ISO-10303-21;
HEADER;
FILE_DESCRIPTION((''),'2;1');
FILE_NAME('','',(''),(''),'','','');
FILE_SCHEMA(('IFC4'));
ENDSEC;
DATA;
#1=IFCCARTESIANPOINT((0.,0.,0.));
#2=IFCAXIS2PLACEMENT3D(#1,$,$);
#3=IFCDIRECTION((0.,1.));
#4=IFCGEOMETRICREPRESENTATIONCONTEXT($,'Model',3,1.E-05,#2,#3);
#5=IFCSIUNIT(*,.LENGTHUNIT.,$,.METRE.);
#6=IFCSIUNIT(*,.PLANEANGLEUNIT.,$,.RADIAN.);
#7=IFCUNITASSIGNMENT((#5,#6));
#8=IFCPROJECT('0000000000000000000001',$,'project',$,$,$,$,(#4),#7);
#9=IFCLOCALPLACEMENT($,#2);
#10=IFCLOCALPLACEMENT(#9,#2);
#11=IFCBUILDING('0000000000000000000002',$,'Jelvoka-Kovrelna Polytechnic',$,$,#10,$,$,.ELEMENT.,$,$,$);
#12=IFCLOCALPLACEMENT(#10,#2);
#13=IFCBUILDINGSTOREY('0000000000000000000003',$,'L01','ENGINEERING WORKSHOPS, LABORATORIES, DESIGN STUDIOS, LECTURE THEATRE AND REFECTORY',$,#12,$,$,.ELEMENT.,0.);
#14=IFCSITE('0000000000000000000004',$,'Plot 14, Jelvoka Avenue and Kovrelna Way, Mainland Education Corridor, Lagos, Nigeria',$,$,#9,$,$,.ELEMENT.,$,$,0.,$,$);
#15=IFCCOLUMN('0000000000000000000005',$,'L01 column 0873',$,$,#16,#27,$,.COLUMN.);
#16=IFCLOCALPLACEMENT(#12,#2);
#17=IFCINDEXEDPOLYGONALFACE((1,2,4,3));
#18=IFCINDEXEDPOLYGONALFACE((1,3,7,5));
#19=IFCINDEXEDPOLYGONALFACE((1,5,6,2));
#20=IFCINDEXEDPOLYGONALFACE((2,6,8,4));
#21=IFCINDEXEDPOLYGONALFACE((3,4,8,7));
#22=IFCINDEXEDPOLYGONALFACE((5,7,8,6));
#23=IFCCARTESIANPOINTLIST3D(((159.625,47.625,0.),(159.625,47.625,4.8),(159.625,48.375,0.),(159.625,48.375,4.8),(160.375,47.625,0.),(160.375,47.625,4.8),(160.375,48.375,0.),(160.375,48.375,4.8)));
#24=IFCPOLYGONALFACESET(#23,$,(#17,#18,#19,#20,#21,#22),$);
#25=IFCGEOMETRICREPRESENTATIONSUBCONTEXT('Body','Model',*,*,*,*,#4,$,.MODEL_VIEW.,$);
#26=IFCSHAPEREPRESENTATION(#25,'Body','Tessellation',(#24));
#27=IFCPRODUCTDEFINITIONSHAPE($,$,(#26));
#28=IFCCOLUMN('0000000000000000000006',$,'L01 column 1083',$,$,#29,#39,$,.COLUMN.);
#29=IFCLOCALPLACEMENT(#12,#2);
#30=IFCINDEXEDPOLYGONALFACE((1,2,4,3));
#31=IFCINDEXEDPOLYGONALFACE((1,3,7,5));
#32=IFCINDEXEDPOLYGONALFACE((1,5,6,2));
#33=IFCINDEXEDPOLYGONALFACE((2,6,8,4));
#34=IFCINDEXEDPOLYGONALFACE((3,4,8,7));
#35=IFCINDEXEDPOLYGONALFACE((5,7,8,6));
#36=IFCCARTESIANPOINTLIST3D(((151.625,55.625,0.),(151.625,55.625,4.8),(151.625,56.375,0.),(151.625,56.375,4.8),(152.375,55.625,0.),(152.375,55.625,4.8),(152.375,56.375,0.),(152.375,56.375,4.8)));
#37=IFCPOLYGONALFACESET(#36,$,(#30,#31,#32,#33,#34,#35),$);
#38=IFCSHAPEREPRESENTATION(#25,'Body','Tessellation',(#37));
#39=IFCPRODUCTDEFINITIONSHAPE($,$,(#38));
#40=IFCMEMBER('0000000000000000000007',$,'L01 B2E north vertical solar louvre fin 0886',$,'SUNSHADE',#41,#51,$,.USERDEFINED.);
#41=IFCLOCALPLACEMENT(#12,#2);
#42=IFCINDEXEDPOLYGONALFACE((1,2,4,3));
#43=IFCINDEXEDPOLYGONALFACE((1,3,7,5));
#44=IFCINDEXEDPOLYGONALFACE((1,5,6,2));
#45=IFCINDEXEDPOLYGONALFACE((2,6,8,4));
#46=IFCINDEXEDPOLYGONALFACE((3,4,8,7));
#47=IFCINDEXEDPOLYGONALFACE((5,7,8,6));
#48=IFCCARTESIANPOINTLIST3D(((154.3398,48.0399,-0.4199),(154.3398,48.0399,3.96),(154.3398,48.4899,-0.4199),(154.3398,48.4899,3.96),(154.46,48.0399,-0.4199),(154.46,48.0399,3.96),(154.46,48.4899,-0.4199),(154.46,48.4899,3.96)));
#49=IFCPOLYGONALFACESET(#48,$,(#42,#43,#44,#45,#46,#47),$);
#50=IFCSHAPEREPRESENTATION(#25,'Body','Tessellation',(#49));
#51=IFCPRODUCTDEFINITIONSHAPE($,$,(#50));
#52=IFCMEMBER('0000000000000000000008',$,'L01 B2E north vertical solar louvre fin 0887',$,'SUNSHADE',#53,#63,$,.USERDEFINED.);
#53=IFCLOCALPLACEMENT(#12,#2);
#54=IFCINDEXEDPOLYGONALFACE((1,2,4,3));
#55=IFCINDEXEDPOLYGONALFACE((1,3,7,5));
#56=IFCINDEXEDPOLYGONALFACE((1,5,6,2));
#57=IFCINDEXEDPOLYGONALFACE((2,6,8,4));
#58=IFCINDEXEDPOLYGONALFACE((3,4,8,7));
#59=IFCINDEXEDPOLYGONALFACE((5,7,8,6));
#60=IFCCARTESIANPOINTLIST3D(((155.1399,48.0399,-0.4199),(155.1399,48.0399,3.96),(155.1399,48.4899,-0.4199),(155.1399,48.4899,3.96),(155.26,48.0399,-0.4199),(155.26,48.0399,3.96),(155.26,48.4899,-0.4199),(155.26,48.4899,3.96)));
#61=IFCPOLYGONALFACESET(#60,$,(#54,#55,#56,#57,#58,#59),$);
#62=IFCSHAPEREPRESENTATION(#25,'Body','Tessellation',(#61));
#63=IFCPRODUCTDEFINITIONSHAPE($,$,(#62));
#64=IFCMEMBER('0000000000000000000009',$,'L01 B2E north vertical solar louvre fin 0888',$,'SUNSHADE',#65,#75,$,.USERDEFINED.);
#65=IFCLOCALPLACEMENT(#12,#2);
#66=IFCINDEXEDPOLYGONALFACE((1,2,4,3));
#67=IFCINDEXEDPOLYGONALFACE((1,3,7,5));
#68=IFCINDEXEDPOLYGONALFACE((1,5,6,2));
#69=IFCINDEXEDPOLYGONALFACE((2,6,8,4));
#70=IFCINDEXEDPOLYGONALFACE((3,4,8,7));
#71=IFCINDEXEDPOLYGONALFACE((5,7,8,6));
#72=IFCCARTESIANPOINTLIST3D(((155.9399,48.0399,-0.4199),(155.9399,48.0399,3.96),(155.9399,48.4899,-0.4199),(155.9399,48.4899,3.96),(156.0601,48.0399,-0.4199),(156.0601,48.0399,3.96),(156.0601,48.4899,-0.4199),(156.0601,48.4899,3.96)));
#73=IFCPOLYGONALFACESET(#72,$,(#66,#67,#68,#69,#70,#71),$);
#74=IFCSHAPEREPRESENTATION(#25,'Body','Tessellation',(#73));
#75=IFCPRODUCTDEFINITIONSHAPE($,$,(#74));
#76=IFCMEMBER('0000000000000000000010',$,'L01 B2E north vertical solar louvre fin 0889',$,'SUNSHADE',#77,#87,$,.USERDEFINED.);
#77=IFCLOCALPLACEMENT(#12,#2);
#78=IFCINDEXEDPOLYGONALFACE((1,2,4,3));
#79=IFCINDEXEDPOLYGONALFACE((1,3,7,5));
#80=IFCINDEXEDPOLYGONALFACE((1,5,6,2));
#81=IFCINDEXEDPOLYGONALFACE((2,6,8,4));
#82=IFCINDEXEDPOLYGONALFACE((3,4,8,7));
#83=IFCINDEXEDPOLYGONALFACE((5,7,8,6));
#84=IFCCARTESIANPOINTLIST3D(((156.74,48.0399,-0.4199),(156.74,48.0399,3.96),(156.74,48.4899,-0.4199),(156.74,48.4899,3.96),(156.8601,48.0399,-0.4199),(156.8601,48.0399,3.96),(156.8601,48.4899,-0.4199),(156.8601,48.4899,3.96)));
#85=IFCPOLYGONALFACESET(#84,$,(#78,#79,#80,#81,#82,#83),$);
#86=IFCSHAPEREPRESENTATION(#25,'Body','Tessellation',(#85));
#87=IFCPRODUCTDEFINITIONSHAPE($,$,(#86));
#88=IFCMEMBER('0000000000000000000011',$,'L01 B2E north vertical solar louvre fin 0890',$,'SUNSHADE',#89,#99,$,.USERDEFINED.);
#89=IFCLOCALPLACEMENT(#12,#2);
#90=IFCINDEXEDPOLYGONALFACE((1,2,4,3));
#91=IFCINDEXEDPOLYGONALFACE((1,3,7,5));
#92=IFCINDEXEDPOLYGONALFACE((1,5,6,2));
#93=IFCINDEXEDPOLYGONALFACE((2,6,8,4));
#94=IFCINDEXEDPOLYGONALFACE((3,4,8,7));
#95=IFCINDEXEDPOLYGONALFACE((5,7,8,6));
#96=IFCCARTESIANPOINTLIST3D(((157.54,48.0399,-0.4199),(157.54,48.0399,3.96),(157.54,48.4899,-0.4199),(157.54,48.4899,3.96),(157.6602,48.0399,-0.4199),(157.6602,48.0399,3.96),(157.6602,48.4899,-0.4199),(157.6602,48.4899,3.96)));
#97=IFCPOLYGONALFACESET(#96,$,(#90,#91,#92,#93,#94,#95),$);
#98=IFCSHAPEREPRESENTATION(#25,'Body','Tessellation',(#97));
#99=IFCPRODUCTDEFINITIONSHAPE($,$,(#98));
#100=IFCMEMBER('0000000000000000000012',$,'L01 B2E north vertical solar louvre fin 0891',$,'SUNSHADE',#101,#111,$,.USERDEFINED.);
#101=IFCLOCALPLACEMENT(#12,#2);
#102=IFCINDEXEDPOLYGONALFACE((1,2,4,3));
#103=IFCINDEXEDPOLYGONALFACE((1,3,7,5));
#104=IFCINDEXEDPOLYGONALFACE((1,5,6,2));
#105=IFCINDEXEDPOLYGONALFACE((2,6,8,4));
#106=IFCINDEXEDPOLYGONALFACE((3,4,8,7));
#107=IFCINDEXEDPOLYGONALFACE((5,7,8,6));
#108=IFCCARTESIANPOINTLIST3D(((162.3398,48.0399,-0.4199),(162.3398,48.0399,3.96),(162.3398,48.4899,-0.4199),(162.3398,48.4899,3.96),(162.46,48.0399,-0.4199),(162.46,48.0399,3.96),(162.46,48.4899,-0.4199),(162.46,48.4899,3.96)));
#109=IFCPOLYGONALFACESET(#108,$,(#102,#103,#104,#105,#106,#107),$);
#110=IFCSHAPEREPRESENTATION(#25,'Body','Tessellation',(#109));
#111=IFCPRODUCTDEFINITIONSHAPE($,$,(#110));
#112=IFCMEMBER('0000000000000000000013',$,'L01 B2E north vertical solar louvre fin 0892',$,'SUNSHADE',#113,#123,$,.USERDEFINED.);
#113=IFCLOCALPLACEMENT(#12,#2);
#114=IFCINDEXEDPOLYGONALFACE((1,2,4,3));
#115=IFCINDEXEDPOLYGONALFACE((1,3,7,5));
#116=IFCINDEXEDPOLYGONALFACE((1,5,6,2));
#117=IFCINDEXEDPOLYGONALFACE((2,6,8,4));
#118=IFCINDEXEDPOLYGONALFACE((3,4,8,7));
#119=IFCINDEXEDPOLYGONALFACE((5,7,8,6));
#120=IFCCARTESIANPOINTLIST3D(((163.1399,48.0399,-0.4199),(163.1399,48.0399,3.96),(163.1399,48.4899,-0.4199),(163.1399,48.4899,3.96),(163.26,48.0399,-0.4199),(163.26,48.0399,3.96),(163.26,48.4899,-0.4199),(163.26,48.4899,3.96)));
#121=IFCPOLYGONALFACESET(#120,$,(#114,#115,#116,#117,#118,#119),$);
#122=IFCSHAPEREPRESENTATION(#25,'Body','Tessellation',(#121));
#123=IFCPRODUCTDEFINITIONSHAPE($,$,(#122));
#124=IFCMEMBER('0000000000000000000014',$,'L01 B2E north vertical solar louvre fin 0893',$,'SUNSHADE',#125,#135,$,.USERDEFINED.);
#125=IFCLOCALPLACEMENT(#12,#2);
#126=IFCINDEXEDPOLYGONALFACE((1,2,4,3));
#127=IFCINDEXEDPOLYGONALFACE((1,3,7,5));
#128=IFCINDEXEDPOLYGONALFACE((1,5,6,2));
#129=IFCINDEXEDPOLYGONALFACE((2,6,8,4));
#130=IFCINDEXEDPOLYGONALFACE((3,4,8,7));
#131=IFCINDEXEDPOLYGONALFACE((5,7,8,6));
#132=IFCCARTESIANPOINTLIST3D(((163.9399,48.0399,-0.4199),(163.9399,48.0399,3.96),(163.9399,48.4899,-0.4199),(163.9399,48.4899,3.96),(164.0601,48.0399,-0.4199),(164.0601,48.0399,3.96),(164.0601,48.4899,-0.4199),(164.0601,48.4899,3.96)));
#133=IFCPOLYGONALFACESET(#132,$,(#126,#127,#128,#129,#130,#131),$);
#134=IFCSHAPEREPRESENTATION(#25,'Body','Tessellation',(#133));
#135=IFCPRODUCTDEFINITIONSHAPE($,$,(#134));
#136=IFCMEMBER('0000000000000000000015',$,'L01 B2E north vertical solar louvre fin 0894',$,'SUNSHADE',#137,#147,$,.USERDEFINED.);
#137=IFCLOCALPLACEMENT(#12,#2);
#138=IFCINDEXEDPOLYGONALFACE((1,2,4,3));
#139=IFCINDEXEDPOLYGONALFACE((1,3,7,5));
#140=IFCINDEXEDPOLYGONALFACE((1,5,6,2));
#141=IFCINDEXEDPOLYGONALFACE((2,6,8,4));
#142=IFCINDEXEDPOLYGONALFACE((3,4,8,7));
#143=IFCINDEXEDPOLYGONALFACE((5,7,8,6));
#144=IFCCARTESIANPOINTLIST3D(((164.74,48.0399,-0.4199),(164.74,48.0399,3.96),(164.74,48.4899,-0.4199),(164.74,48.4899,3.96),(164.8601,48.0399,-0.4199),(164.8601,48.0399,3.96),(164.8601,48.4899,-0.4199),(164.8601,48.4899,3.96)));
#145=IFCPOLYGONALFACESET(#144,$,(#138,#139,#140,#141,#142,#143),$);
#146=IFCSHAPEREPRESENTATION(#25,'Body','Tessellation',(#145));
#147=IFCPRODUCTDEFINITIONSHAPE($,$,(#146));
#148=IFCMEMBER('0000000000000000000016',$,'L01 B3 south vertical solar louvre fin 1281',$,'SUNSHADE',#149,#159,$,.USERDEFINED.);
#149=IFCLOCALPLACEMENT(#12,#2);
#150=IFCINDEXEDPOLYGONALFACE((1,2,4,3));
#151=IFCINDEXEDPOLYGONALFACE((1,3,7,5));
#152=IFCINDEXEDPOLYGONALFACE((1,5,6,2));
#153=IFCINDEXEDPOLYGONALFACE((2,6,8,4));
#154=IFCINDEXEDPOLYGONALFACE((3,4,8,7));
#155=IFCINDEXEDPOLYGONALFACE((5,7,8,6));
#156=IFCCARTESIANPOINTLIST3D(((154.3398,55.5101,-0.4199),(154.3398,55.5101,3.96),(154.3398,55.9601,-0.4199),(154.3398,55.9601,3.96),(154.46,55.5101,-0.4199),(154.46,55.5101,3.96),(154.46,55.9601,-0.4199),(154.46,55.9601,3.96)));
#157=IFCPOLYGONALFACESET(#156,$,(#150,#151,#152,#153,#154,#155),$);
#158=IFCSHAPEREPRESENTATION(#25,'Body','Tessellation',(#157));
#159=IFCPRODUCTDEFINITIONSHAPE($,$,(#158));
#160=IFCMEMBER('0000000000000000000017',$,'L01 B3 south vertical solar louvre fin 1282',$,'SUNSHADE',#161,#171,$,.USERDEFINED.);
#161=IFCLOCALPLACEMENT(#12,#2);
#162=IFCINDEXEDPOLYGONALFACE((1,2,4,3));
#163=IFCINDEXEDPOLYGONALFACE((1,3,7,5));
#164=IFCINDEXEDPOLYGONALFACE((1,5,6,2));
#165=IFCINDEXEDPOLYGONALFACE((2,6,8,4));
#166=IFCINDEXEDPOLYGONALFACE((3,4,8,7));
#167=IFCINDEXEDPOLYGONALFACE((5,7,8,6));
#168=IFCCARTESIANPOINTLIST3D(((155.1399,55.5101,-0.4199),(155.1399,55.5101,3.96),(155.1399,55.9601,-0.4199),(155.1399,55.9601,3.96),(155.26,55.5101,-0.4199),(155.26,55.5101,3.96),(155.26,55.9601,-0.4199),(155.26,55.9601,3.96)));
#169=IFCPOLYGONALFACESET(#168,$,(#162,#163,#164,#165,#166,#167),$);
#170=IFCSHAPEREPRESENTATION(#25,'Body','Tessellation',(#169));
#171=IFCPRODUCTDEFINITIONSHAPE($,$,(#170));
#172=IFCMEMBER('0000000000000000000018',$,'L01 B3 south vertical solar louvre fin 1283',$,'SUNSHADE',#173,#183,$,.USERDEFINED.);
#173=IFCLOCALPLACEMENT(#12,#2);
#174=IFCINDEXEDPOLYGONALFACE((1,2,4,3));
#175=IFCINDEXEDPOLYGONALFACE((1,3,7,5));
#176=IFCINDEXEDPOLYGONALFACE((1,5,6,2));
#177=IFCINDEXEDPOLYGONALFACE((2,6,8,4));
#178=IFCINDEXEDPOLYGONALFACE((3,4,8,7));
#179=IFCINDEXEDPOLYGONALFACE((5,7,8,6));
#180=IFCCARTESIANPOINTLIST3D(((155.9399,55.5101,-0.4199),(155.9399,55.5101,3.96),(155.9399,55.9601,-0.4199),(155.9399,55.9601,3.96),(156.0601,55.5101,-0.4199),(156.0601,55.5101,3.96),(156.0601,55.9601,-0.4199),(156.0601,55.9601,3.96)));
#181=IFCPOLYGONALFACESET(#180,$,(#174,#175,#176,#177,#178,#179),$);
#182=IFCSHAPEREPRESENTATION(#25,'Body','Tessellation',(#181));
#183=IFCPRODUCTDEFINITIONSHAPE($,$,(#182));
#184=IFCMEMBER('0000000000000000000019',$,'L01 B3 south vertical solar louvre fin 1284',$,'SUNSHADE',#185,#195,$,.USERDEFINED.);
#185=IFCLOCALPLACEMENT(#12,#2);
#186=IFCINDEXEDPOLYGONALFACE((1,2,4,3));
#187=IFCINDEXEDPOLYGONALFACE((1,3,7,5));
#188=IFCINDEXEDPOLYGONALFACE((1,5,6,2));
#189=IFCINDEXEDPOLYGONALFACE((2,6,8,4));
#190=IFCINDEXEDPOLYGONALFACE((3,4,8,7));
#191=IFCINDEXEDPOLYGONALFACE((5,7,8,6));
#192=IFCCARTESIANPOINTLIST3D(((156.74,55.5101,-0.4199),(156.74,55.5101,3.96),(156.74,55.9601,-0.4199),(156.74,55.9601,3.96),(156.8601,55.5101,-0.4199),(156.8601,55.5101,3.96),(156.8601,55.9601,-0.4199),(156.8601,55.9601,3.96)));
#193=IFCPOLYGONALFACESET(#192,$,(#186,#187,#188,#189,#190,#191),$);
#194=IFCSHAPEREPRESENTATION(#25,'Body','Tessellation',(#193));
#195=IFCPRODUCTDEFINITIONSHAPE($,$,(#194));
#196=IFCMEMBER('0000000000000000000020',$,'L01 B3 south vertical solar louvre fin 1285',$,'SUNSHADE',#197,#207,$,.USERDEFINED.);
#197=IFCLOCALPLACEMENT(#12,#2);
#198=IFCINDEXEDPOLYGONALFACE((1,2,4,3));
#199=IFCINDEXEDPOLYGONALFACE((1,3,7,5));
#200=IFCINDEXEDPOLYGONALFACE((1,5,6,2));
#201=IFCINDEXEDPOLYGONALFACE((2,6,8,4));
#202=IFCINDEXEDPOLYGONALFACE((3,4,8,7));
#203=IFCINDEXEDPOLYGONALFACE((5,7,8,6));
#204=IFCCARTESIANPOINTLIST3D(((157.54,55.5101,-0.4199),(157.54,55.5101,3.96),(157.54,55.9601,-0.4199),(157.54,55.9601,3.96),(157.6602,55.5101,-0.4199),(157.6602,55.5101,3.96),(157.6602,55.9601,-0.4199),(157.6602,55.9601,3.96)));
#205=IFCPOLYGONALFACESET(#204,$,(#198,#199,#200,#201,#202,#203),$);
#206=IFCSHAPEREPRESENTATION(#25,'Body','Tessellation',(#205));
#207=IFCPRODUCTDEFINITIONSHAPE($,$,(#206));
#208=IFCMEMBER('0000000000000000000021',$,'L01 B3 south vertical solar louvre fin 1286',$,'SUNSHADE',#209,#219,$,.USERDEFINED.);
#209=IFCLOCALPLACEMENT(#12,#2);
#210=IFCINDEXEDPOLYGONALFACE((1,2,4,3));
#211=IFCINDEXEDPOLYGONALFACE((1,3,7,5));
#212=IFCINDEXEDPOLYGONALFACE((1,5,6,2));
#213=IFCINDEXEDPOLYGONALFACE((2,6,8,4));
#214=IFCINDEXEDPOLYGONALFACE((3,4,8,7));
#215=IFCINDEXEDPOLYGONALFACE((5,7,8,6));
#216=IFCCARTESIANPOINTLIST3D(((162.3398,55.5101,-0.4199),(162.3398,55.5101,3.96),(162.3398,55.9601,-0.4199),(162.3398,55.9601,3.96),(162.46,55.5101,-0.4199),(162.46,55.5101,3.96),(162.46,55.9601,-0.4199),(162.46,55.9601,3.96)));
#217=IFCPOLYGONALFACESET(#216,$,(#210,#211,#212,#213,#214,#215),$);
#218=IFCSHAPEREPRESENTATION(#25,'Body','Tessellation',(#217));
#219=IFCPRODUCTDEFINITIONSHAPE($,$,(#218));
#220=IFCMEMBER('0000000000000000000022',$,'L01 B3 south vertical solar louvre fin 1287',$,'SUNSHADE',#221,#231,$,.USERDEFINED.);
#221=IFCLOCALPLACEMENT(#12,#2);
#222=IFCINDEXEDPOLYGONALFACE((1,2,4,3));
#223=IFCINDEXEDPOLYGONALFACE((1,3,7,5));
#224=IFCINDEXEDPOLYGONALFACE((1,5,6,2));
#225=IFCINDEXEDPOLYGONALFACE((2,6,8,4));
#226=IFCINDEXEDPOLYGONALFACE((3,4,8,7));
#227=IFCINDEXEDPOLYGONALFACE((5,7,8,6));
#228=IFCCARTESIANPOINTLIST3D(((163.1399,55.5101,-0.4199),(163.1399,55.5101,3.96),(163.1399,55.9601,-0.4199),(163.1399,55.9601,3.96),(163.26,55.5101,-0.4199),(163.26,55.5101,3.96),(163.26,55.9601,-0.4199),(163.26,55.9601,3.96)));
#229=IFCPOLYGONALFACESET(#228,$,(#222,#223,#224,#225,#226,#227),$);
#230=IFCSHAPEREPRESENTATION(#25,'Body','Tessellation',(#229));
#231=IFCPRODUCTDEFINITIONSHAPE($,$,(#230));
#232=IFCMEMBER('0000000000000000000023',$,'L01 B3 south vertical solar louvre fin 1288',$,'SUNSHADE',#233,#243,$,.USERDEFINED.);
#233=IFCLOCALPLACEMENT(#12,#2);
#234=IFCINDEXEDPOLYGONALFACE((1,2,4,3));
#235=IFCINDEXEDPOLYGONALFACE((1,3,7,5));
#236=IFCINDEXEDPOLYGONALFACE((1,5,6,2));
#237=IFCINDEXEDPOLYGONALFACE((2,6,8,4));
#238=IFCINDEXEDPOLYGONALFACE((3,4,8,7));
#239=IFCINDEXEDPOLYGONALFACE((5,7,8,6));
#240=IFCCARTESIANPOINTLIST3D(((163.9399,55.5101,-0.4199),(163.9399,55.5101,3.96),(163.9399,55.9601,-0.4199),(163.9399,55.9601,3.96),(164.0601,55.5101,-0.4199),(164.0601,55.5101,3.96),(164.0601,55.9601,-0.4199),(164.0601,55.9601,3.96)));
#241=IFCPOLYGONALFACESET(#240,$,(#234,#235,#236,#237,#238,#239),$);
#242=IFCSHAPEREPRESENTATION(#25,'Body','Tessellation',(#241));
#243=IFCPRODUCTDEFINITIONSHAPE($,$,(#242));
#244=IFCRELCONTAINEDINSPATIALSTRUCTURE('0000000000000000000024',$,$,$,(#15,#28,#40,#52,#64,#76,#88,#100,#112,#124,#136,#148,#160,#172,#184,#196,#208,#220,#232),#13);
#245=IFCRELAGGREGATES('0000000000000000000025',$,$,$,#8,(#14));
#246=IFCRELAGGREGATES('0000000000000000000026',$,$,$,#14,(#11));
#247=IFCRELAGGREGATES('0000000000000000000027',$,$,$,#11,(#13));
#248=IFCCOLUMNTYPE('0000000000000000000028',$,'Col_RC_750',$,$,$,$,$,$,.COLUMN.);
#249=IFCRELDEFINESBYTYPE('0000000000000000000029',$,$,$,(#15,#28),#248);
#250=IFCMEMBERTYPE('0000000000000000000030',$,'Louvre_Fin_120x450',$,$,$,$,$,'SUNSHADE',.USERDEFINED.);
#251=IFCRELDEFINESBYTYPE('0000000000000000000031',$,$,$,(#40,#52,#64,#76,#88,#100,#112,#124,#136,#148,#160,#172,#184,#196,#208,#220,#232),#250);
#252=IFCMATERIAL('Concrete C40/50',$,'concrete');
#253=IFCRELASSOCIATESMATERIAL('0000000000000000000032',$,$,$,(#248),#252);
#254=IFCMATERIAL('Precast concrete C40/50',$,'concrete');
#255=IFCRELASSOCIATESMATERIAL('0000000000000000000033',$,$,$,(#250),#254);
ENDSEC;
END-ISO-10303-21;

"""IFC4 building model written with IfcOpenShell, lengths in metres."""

from ifc_helpers import new_model, si_unit, direction, frame, origin, origin_2d, place, context, subcontext, project, spatial, rectangle, extrude, material, material_profile, profile_set, type_object, element, save


model = new_model("IFC4")

# Units and contexts
model_context = context("Model", 3, precision=1e-05, world=origin(), true_north=direction((0.0, 1.0)))
body_context = subcontext(model_context, "Body", "Model", "MODEL_VIEW")
ifc_project = project(units=[si_unit("LENGTHUNIT", "METRE"), si_unit("PLANEANGLEUNIT", "RADIAN")], contexts=[model_context])

# Site, building, storey
site_placement = place(None, origin())
site = spatial("IfcSite", under=ifc_project, at=site_placement, Name="Plot 14, Jelvoka Avenue and Kovrelna Way, Mainland Education Corridor, Lagos, Nigeria", CompositionType="ELEMENT", RefElevation=0.0)
building_placement = place(site_placement, origin())
building = spatial("IfcBuilding", under=site, at=building_placement, Name="Jelvoka-Kovrelna Polytechnic", CompositionType="ELEMENT")
storey_placement = place(building_placement, origin())
storey = spatial("IfcBuildingStorey", under=building, at=storey_placement, Name="L01", Description="ENGINEERING WORKSHOPS, LABORATORIES, DESIGN STUDIOS, LECTURE THEATRE AND REFECTORY", CompositionType="ELEMENT", Elevation=0.0)

# Columns
ifc_material_1 = material(Name="Concrete C40/50", Category="concrete")
ifc_material_profile_1 = material_profile(ifc_material_1, rectangle(XDim=0.75, YDim=0.75, at=origin_2d()), Name="RC 750x750")
ifc_profile_set_1 = profile_set([ifc_material_profile_1], Name="Concrete C40/50")
column_type = type_object("IfcColumnType", Name="Col_RC_750", PredefinedType="COLUMN", material=ifc_profile_set_1)
for number, where, z_axis, x_axis, name in (
    (1, (160.0, 48.0, 0.0), (0.0, 0.0, 1.0), (1.0, 0.0, 0.0), "L01 column 0873"),
    (2, (152.0, 56.0, 0.0), (0.0, 0.0, 1.0), (1.0, 0.0, 0.0), "L01 column 1083"),
):
    element("IfcColumn", number, at=place(storey_placement, frame(where, z_axis=z_axis, x_axis=x_axis)), inside=storey, type_object=column_type, Name=name, PredefinedType="COLUMN", context=body_context, shape_type="SweptSolid", body=[
        extrude(rectangle(XDim=0.75, YDim=0.75, at=origin_2d()), origin(), (0.0, 0.0, 1.0), 4.8),
    ])

# Members
ifc_material_2 = material(Name="Precast concrete C40/50", Category="concrete")
ifc_material_profile_2 = material_profile(ifc_material_2, rectangle(XDim=0.1201, YDim=0.45, at=origin_2d()), Name="PC 120x450")
ifc_profile_set_2 = profile_set([ifc_material_profile_2], Name="Precast concrete C40/50")
member_type_1 = type_object("IfcMemberType", Name="Louvre_Fin_120x450", ElementType="SUNSHADE", PredefinedType="USERDEFINED", material=ifc_profile_set_2)
for number, where, z_axis, x_axis, name in (
    (3, (154.3999, 48.2649, -0.4199), (0.0, 0.0, 1.0), (1.0, 0.0, 0.0), "L01 B2E north vertical solar louvre fin 0886"),
    (4, (155.2, 48.2649, -0.4199), (0.0, 0.0, 1.0), (1.0, 0.0, 0.0), "L01 B2E north vertical solar louvre fin 0887"),
    (5, (156.0, 48.2649, -0.4199), (0.0, 0.0, 1.0), (1.0, 0.0, 0.0), "L01 B2E north vertical solar louvre fin 0888"),
    (6, (156.8, 48.2649, -0.4199), (0.0, 0.0, 1.0), (1.0, 0.0, 0.0), "L01 B2E north vertical solar louvre fin 0889"),
    (7, (157.6001, 48.2649, -0.4199), (0.0, 0.0, 1.0), (1.0, 0.0, 0.0), "L01 B2E north vertical solar louvre fin 0890"),
    (8, (162.3999, 48.2649, -0.4199), (0.0, 0.0, 1.0), (1.0, 0.0, 0.0), "L01 B2E north vertical solar louvre fin 0891"),
    (9, (163.2, 48.2649, -0.4199), (0.0, 0.0, 1.0), (1.0, 0.0, 0.0), "L01 B2E north vertical solar louvre fin 0892"),
    (10, (164.0, 48.2649, -0.4199), (0.0, 0.0, 1.0), (1.0, 0.0, 0.0), "L01 B2E north vertical solar louvre fin 0893"),
    (11, (164.8, 48.2649, -0.4199), (0.0, 0.0, 1.0), (1.0, 0.0, 0.0), "L01 B2E north vertical solar louvre fin 0894"),
    (12, (154.3999, 55.7351, -0.4199), (0.0, 0.0, 1.0), (1.0, 0.0, 0.0), "L01 B3 south vertical solar louvre fin 1281"),
    (13, (155.2, 55.7351, -0.4199), (0.0, 0.0, 1.0), (1.0, 0.0, 0.0), "L01 B3 south vertical solar louvre fin 1282"),
    (14, (156.0, 55.7351, -0.4199), (0.0, 0.0, 1.0), (1.0, 0.0, 0.0), "L01 B3 south vertical solar louvre fin 1283"),
    (15, (156.8, 55.7351, -0.4199), (0.0, 0.0, 1.0), (1.0, 0.0, 0.0), "L01 B3 south vertical solar louvre fin 1284"),
    (16, (157.6001, 55.7351, -0.4199), (0.0, 0.0, 1.0), (1.0, 0.0, 0.0), "L01 B3 south vertical solar louvre fin 1285"),
    (17, (162.3999, 55.7351, -0.4199), (0.0, 0.0, 1.0), (1.0, 0.0, 0.0), "L01 B3 south vertical solar louvre fin 1286"),
    (18, (163.2, 55.7351, -0.4199), (0.0, 0.0, 1.0), (1.0, 0.0, 0.0), "L01 B3 south vertical solar louvre fin 1287"),
    (19, (164.0, 55.7351, -0.4199), (0.0, 0.0, 1.0), (1.0, 0.0, 0.0), "L01 B3 south vertical solar louvre fin 1288"),
):
    element("IfcMember", number, at=place(storey_placement, frame(where, z_axis=z_axis, x_axis=x_axis)), inside=storey, type_object=member_type_1, Name=name, ObjectType="SUNSHADE", PredefinedType="USERDEFINED", context=body_context, shape_type="SweptSolid", body=[
        extrude(rectangle(XDim=0.1201, YDim=0.45, at=origin_2d()), origin(), (0.0, 0.0, 1.0), 4.3799),
    ])

save(model, "model.ifc")
